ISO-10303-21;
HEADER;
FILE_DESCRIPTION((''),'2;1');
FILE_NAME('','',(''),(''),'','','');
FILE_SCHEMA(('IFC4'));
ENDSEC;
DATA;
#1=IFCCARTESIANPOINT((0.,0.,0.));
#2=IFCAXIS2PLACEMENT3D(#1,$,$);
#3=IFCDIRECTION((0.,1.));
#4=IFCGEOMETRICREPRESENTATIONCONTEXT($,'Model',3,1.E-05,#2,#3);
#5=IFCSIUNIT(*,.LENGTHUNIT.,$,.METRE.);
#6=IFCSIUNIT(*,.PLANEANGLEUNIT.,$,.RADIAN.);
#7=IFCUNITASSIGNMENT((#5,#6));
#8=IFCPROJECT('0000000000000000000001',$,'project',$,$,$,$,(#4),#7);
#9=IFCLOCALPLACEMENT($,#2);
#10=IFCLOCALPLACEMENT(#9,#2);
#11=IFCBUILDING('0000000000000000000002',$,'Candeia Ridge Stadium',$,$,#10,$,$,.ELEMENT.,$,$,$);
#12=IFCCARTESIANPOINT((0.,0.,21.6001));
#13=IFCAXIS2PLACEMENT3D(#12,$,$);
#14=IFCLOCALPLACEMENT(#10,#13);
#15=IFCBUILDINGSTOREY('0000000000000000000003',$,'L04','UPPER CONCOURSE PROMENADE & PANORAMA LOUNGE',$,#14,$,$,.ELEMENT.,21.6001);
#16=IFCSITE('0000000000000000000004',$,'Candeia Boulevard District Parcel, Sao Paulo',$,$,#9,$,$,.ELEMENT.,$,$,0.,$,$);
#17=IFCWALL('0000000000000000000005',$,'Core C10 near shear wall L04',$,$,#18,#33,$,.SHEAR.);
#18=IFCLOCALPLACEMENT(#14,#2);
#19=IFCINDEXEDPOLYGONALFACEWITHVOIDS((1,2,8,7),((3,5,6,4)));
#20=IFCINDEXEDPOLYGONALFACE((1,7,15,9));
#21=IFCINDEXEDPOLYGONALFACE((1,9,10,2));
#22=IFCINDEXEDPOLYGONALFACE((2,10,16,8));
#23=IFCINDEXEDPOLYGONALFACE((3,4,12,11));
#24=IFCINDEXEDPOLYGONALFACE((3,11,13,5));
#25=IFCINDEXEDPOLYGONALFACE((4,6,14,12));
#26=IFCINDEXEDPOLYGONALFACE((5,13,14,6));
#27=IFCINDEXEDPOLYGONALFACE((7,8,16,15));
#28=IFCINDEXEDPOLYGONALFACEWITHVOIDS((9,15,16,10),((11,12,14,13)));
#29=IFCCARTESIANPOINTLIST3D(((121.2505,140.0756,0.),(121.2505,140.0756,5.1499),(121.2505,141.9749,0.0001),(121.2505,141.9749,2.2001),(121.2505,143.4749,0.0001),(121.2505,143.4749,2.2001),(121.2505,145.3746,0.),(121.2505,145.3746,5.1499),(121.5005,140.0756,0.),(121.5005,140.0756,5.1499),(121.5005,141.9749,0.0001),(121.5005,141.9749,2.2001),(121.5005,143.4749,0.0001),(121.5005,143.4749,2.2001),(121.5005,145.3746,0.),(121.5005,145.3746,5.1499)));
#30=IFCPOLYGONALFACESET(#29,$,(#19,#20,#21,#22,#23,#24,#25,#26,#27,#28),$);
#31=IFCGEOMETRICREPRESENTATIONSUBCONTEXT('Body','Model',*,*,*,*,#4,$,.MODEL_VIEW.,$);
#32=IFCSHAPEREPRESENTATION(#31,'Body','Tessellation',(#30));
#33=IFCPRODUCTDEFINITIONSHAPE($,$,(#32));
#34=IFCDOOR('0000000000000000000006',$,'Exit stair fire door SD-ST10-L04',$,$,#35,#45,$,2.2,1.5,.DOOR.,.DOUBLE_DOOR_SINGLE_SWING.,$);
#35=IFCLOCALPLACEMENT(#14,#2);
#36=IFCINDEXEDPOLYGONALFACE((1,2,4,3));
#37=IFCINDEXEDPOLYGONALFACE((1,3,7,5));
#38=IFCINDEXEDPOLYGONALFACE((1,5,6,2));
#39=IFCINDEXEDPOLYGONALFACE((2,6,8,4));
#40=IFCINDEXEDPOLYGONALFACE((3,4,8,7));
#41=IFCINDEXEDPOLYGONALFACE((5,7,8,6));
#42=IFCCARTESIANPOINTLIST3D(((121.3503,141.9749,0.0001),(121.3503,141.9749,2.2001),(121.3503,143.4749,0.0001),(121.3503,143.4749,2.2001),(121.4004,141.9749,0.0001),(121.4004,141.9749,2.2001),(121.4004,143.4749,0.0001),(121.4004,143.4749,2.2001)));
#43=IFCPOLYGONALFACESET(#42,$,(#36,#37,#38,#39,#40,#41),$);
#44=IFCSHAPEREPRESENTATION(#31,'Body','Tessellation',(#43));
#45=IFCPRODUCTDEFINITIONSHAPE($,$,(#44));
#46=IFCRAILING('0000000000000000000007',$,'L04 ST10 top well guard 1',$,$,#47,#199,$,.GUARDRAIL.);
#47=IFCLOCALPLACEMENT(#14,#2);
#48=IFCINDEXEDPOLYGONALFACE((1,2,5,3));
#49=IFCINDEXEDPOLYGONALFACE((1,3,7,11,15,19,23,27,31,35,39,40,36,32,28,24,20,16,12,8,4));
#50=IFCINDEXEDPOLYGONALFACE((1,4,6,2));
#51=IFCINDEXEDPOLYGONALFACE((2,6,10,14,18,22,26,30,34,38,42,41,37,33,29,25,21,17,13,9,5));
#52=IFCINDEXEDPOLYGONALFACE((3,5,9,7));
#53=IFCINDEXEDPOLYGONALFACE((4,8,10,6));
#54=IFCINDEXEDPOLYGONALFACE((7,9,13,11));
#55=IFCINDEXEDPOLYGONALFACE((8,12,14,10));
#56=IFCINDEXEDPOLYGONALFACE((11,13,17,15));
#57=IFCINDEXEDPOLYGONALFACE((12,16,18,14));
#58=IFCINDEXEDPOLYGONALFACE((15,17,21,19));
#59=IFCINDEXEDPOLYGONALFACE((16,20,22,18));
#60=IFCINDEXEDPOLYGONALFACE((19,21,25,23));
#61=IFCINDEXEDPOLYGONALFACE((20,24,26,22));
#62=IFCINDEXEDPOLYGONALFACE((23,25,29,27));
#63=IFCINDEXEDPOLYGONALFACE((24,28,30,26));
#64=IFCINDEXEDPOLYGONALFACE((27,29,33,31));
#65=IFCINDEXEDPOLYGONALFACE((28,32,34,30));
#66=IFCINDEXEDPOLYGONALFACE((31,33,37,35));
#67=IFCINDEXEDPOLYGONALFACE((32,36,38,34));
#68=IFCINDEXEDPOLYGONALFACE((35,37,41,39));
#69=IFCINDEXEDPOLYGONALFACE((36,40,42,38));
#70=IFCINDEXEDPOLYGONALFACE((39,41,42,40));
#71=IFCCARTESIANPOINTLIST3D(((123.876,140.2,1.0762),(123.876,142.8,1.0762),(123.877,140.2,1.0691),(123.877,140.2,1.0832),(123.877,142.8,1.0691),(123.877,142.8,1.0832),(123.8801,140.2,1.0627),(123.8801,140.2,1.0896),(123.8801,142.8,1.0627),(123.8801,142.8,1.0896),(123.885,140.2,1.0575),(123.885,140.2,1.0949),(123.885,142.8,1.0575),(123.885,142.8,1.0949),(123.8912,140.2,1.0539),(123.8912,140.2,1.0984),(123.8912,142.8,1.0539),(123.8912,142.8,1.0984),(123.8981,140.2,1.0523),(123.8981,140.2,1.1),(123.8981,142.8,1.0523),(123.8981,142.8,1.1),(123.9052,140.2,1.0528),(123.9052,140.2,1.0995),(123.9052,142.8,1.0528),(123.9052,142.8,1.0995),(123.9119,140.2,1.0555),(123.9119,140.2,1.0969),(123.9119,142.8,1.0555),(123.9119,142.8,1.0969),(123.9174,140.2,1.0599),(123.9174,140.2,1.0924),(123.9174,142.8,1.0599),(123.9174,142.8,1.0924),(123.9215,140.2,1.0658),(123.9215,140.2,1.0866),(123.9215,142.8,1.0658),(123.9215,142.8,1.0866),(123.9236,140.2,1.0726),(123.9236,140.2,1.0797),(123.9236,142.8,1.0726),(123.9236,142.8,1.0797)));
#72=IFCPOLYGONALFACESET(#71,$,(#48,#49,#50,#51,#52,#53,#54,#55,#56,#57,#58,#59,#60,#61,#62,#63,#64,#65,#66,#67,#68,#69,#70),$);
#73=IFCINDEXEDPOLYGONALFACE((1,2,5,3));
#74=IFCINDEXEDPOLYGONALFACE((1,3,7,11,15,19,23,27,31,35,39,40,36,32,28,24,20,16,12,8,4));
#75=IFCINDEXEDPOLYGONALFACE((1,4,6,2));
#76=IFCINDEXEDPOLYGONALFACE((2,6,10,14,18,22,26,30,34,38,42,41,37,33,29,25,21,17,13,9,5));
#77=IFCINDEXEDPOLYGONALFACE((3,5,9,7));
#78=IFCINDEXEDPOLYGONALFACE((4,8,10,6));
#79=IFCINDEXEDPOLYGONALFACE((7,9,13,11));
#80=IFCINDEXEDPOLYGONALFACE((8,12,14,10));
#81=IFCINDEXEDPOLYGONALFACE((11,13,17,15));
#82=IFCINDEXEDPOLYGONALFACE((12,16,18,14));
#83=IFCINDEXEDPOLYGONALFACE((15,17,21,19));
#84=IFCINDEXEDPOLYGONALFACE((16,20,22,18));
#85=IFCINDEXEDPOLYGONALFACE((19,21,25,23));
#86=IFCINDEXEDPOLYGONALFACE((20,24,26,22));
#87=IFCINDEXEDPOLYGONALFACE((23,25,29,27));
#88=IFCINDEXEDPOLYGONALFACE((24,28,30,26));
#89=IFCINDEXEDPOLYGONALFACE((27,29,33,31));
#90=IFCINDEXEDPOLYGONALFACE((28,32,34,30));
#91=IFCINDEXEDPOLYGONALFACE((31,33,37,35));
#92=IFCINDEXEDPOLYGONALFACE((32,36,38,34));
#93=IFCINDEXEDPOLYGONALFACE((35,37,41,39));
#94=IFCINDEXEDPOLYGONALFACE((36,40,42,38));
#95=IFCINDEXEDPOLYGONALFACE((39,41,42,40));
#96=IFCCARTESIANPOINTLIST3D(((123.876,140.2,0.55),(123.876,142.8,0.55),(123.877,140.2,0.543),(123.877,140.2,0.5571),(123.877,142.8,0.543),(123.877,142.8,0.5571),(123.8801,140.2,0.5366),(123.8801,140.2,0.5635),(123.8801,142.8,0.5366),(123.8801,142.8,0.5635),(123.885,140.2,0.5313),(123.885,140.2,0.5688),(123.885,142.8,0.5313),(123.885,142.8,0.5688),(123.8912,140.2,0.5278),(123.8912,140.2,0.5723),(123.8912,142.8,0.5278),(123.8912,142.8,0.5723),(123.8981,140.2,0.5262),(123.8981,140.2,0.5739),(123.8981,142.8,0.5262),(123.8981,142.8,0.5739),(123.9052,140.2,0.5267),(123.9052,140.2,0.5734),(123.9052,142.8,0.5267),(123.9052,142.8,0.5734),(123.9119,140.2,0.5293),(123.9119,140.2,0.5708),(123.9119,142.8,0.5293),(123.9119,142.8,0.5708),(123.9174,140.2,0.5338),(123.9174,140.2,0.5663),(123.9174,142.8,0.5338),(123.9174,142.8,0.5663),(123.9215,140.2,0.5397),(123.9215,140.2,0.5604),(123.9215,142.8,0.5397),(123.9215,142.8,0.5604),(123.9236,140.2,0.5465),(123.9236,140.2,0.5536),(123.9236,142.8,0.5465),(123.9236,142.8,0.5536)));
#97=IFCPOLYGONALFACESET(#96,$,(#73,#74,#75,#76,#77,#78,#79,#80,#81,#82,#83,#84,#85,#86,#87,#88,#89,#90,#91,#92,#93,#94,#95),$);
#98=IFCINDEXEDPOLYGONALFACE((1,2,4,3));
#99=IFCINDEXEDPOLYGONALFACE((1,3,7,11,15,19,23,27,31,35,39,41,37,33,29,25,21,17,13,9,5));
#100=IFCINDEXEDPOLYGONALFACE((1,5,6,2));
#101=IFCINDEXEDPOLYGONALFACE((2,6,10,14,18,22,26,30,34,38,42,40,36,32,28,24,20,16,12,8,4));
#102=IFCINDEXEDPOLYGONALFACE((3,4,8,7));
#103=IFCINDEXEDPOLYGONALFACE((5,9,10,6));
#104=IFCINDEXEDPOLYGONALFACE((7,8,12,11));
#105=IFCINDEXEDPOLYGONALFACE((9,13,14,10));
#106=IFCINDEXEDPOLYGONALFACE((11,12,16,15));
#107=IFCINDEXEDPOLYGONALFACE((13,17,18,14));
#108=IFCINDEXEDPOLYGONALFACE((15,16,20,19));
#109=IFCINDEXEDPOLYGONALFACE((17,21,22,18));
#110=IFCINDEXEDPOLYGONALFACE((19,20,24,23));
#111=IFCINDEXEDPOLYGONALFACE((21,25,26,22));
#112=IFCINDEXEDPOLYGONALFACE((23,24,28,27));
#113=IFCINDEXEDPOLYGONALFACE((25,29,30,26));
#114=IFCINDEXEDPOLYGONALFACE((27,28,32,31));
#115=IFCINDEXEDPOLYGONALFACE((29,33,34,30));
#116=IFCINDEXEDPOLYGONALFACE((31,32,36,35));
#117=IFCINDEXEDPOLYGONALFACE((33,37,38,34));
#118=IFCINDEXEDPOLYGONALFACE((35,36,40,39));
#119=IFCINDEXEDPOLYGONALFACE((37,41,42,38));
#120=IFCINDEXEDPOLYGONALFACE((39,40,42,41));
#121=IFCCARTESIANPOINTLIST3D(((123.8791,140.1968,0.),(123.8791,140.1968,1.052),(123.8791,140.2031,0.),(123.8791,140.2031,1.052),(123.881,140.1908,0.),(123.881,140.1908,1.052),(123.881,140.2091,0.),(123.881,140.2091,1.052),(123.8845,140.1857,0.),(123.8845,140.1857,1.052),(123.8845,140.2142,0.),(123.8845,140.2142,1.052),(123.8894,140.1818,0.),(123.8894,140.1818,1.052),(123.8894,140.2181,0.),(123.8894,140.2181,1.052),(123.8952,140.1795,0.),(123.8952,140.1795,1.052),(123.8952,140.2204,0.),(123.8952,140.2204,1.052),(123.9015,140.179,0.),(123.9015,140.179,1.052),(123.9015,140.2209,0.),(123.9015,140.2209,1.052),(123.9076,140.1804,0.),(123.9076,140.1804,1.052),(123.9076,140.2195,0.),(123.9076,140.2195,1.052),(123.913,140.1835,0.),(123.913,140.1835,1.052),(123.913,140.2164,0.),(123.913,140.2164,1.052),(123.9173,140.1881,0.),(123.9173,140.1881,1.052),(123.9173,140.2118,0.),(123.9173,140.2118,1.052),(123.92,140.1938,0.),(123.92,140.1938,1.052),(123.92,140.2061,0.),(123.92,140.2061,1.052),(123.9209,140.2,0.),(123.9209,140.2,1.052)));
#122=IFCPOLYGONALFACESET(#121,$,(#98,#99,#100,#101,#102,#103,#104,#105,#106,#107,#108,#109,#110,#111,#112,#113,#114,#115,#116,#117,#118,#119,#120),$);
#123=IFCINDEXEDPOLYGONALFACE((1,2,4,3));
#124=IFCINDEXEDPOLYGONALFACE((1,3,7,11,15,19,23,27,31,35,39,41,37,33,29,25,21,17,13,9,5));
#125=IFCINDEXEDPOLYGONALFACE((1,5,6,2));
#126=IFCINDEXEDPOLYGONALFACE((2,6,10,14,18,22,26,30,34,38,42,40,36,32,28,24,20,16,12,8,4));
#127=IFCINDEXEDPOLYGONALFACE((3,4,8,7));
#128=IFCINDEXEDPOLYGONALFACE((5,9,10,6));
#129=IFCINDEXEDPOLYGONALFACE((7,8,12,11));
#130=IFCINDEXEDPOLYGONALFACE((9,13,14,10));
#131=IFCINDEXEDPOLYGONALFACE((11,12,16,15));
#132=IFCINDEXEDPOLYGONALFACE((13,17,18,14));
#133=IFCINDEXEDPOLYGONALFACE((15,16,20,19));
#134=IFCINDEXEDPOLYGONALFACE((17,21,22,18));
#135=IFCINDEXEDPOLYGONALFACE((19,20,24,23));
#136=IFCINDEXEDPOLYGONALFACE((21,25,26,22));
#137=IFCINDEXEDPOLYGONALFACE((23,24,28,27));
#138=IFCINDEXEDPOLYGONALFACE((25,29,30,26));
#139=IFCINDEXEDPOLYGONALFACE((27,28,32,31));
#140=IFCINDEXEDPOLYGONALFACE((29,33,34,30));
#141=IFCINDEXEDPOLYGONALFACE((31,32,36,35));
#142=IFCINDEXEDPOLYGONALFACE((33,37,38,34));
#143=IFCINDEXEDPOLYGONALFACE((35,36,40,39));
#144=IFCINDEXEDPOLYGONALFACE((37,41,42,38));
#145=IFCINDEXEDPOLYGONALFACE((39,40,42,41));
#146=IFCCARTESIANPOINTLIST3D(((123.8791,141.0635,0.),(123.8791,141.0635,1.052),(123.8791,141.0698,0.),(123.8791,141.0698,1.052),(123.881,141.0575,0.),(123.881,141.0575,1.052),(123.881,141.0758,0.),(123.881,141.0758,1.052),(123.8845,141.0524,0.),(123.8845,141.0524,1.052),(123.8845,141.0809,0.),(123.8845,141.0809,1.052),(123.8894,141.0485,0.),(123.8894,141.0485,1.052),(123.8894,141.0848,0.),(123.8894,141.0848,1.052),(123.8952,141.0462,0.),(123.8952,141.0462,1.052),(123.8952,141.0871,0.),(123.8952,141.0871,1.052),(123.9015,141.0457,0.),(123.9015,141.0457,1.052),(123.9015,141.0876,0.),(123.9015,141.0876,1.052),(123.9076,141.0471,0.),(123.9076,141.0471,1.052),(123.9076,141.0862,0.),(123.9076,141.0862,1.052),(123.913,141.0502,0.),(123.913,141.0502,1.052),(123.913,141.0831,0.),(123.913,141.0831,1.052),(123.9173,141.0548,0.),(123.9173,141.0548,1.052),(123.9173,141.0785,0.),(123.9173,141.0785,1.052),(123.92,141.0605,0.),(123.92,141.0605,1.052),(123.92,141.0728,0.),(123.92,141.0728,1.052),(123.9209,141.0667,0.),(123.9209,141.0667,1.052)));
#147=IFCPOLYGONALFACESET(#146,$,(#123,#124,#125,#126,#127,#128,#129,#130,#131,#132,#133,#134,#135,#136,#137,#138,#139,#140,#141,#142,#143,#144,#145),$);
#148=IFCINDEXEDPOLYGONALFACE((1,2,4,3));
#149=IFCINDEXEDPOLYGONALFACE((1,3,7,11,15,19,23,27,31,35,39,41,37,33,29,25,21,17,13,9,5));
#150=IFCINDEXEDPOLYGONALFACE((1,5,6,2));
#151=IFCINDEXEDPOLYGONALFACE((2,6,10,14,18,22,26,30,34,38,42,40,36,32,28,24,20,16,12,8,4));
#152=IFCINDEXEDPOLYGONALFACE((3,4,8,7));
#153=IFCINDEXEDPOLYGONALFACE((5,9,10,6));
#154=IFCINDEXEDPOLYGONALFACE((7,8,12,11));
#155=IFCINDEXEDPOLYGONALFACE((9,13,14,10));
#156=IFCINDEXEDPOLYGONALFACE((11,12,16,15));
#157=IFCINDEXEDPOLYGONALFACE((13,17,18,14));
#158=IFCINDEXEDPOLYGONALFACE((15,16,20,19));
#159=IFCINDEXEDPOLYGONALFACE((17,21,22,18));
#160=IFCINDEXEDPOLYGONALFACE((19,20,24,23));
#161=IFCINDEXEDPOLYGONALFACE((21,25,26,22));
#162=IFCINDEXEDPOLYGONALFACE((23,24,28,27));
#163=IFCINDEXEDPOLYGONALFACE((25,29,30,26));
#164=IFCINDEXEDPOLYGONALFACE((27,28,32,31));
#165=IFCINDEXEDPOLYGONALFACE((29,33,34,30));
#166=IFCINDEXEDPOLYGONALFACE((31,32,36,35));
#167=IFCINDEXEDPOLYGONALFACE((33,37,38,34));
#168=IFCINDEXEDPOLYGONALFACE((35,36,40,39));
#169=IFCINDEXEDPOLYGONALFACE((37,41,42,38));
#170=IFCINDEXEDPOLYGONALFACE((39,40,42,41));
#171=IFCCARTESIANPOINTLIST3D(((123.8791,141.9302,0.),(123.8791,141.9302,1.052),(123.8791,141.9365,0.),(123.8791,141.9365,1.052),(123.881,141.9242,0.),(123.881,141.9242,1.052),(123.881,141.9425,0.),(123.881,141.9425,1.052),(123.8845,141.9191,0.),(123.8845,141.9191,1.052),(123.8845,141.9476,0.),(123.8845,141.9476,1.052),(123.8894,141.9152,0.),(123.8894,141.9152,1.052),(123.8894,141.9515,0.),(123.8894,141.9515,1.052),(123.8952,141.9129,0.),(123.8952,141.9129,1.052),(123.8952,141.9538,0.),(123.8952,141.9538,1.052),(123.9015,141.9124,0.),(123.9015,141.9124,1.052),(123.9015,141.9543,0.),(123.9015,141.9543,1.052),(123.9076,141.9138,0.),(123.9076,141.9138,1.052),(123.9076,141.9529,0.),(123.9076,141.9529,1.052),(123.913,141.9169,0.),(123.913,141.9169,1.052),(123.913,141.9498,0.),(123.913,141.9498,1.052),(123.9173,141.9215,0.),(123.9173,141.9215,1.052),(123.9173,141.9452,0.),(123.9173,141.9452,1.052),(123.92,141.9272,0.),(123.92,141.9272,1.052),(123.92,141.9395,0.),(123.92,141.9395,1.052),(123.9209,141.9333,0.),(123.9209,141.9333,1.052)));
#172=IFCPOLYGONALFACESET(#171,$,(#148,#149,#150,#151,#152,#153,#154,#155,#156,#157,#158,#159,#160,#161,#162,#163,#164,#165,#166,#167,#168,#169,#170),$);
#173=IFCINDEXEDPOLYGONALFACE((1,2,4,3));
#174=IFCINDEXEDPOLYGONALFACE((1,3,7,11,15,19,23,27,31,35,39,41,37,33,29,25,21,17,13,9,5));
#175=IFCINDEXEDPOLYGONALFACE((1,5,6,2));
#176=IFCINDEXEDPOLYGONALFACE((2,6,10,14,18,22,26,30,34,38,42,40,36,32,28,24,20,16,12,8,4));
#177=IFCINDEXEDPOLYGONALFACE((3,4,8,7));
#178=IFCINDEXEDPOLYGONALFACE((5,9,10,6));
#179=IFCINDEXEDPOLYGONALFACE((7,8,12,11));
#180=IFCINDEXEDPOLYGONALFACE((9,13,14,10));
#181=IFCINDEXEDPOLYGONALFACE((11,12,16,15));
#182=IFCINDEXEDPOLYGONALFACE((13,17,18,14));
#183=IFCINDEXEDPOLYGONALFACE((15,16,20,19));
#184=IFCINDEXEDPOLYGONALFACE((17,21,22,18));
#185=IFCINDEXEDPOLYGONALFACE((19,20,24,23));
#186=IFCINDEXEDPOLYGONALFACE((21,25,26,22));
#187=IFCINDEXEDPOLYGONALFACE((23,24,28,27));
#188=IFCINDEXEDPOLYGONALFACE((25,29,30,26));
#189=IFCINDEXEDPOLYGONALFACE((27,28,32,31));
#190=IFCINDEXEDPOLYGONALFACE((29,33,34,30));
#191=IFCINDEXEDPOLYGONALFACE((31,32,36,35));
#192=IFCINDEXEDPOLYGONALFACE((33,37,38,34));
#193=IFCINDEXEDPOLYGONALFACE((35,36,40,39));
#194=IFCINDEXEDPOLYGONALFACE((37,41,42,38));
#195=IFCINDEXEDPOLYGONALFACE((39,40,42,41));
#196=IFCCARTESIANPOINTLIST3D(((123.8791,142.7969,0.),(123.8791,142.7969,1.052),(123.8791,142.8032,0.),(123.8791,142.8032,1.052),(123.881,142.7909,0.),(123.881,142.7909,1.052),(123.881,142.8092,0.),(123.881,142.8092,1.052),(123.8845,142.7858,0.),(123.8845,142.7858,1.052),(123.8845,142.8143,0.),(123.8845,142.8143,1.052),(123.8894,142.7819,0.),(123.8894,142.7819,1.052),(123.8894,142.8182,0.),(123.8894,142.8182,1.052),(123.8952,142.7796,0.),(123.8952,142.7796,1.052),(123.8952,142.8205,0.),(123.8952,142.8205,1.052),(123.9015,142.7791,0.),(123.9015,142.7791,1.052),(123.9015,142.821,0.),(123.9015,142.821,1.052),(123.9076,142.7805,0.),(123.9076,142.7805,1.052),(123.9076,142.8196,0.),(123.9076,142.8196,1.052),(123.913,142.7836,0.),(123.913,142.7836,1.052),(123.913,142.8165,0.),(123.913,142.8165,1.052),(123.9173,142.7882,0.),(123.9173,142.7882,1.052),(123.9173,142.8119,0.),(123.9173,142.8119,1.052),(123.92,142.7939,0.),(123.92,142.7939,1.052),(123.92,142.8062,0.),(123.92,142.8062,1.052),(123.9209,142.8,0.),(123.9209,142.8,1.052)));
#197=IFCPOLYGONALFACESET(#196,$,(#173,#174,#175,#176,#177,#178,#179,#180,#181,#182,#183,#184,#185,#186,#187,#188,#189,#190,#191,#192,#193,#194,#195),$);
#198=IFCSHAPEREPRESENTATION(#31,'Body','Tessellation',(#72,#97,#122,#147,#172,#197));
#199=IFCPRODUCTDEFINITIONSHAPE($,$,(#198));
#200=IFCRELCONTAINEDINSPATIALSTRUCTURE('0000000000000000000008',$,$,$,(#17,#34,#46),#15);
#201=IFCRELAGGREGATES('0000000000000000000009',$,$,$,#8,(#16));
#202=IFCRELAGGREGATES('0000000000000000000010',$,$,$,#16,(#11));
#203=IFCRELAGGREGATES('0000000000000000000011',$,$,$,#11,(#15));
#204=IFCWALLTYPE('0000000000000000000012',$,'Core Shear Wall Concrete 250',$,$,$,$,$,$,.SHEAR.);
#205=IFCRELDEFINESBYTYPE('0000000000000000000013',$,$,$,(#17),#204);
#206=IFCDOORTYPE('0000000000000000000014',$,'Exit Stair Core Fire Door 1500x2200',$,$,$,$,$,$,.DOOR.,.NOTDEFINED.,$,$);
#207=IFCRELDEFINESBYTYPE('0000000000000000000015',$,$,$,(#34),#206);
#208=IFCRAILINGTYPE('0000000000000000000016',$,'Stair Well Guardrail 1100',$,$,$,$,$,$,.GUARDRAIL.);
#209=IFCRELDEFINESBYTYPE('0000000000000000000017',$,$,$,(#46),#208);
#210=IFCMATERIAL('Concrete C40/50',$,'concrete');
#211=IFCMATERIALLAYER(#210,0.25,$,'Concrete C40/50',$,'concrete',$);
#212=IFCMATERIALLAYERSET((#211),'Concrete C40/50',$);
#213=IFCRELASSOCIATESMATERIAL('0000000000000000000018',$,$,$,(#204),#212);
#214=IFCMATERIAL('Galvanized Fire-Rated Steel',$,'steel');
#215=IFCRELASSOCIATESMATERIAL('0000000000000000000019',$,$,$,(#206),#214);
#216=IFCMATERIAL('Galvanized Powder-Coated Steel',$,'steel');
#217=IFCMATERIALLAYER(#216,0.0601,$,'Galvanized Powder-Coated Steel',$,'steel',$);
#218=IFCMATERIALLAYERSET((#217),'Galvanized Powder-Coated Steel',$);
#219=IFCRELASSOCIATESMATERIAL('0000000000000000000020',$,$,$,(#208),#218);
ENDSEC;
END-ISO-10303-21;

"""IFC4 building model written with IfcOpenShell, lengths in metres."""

from ifc_helpers import new_model, si_unit, direction, frame, frame_2d, origin, origin_2d, place, context, subcontext, project, spatial, rectangle, circle, extrude, material, layer, layer_set, type_object, element, fill, save


model = new_model("IFC4")

# Units and contexts
model_context = context("Model", 3, precision=1e-05, world=origin(), true_north=direction((0.0, 1.0)))
body_context = subcontext(model_context, "Body", "Model", "MODEL_VIEW")
ifc_project = project(units=[si_unit("LENGTHUNIT", "METRE"), si_unit("PLANEANGLEUNIT", "RADIAN")], contexts=[model_context])

# Site, building, storey
site_placement = place(None, origin())
site = spatial("IfcSite", under=ifc_project, at=site_placement, Name="Candeia Boulevard District Parcel, Sao Paulo", CompositionType="ELEMENT", RefElevation=0.0)
building_placement = place(site_placement, origin())
building = spatial("IfcBuilding", under=site, at=building_placement, Name="Candeia Ridge Stadium", CompositionType="ELEMENT")
storey_placement = place(building_placement, frame((0.0, 0.0, 21.6001)))
storey = spatial("IfcBuildingStorey", under=building, at=storey_placement, Name="L04", Description="UPPER CONCOURSE PROMENADE & PANORAMA LOUNGE", CompositionType="ELEMENT", Elevation=21.6001)

# Shared definitions
ifc_material_1 = material(Name="Concrete C40/50", Category="concrete")

# Shared definitions
ifc_layer_1 = layer(ifc_material_1, 0.25, Name="Concrete C40/50", Category="concrete")
ifc_layer_set_1 = layer_set([ifc_layer_1], Name="Concrete C40/50")
wall_type = type_object("IfcWallType", Name="Core Shear Wall Concrete 250", PredefinedType="SHEAR", material=ifc_layer_set_1)

# Wall, opening, door
wall_1_placement = place(storey_placement, frame((121.3755, 145.3745, 0.0), z_axis=(0.0, 0.0, 1.0), x_axis=(0.0, -1.0, 0.0)))
wall_1 = element("IfcWall", 1, at=wall_1_placement, inside=storey, type_object=wall_type, Name="Core C10 near shear wall L04", PredefinedType="SHEAR", context=body_context, shape_type="SweptSolid", body=[
    extrude(rectangle(XDim=5.2991, YDim=0.25, at=frame_2d((2.6494, 0.0))), origin(), (0.0, 0.0, 1.0), 5.1499),
])
opening_placement = place(wall_1_placement, frame((1.8997, 0.0, 0.0)))
opening = element("IfcOpeningElement", 2, at=opening_placement, cuts=wall_1, PredefinedType="OPENING", context=body_context, shape_type="SweptSolid", body=[
    extrude(rectangle(XDim=1.5, YDim=2.2, at=frame_2d((0.75, 1.1001))), frame((0.0, 0.135, 0.0), z_axis=(0.0, -1.0, 0.0), x_axis=(1.0, 0.0, 0.0)), (0.0, 0.0, 1.0), 0.27),
])
ifc_material_2 = material(Name="Galvanized Fire-Rated Steel", Category="steel")
door_type = type_object("IfcDoorType", Name="Exit Stair Core Fire Door 1500x2200", OperationType="NOTDEFINED", PredefinedType="DOOR", material=ifc_material_2)
door_placement = place(opening_placement, origin())
door = element("IfcDoor", 3, at=door_placement, inside=storey, type_object=door_type, Name="Exit stair fire door SD-ST10-L04", OperationType="DOUBLE_DOOR_SINGLE_SWING", OverallHeight=2.2, OverallWidth=1.5, PredefinedType="DOOR", context=body_context, shape_type="SweptSolid", body=[
    extrude(rectangle(XDim=1.5, YDim=2.2, at=frame_2d((0.75, 1.1001))), frame((0.0, 0.0249, 0.0), z_axis=(0.0, -1.0, 0.0), x_axis=(1.0, 0.0, 0.0)), (0.0, 0.0, 1.0), 0.05),
])
fill(opening, door)

# Railing
ifc_material_3 = material(Name="Galvanized Powder-Coated Steel", Category="steel")
ifc_layer_2 = layer(ifc_material_3, 0.0601, Name="Galvanized Powder-Coated Steel", Category="steel")
ifc_layer_set_2 = layer_set([ifc_layer_2], Name="Galvanized Powder-Coated Steel")
railing_type_1 = type_object("IfcRailingType", Name="Stair Well Guardrail 1100", PredefinedType="GUARDRAIL", material=ifc_layer_set_2)
railing_1_placement = place(storey_placement, frame((123.8999, 140.2, 0.0)))
element("IfcRailing", 4, at=railing_1_placement, inside=storey, type_object=railing_type_1, Name="L04 ST10 top well guard 1", PredefinedType="GUARDRAIL", context=body_context, shape_type="SweptSolid", body=[
    extrude(circle(Radius=0.0239, at=origin_2d()), frame((0.0, 0.0, 1.0762), z_axis=(0.0, 1.0, 0.0), x_axis=(-1.0, 0.0, 0.0)), (0.0, 0.0, 1.0), 2.6001),
    extrude(circle(Radius=0.0239, at=origin_2d()), frame((0.0, 0.0, 0.55), z_axis=(0.0, 1.0, 0.0), x_axis=(-1.0, 0.0, 0.0)), (0.0, 0.0, 1.0), 2.6001),
    extrude(circle(Radius=0.021, at=origin_2d()), origin(), (0.0, 0.0, 1.0), 1.052),
    extrude(circle(Radius=0.021, at=origin_2d()), frame((0.0, 0.8667, 0.0)), (0.0, 0.0, 1.0), 1.052),
    extrude(circle(Radius=0.021, at=origin_2d()), frame((0.0, 1.7334, 0.0)), (0.0, 0.0, 1.0), 1.052),
    extrude(circle(Radius=0.021, at=origin_2d()), frame((0.0, 2.6001, 0.0)), (0.0, 0.0, 1.0), 1.052),
])

save(model, "model.ifc")
